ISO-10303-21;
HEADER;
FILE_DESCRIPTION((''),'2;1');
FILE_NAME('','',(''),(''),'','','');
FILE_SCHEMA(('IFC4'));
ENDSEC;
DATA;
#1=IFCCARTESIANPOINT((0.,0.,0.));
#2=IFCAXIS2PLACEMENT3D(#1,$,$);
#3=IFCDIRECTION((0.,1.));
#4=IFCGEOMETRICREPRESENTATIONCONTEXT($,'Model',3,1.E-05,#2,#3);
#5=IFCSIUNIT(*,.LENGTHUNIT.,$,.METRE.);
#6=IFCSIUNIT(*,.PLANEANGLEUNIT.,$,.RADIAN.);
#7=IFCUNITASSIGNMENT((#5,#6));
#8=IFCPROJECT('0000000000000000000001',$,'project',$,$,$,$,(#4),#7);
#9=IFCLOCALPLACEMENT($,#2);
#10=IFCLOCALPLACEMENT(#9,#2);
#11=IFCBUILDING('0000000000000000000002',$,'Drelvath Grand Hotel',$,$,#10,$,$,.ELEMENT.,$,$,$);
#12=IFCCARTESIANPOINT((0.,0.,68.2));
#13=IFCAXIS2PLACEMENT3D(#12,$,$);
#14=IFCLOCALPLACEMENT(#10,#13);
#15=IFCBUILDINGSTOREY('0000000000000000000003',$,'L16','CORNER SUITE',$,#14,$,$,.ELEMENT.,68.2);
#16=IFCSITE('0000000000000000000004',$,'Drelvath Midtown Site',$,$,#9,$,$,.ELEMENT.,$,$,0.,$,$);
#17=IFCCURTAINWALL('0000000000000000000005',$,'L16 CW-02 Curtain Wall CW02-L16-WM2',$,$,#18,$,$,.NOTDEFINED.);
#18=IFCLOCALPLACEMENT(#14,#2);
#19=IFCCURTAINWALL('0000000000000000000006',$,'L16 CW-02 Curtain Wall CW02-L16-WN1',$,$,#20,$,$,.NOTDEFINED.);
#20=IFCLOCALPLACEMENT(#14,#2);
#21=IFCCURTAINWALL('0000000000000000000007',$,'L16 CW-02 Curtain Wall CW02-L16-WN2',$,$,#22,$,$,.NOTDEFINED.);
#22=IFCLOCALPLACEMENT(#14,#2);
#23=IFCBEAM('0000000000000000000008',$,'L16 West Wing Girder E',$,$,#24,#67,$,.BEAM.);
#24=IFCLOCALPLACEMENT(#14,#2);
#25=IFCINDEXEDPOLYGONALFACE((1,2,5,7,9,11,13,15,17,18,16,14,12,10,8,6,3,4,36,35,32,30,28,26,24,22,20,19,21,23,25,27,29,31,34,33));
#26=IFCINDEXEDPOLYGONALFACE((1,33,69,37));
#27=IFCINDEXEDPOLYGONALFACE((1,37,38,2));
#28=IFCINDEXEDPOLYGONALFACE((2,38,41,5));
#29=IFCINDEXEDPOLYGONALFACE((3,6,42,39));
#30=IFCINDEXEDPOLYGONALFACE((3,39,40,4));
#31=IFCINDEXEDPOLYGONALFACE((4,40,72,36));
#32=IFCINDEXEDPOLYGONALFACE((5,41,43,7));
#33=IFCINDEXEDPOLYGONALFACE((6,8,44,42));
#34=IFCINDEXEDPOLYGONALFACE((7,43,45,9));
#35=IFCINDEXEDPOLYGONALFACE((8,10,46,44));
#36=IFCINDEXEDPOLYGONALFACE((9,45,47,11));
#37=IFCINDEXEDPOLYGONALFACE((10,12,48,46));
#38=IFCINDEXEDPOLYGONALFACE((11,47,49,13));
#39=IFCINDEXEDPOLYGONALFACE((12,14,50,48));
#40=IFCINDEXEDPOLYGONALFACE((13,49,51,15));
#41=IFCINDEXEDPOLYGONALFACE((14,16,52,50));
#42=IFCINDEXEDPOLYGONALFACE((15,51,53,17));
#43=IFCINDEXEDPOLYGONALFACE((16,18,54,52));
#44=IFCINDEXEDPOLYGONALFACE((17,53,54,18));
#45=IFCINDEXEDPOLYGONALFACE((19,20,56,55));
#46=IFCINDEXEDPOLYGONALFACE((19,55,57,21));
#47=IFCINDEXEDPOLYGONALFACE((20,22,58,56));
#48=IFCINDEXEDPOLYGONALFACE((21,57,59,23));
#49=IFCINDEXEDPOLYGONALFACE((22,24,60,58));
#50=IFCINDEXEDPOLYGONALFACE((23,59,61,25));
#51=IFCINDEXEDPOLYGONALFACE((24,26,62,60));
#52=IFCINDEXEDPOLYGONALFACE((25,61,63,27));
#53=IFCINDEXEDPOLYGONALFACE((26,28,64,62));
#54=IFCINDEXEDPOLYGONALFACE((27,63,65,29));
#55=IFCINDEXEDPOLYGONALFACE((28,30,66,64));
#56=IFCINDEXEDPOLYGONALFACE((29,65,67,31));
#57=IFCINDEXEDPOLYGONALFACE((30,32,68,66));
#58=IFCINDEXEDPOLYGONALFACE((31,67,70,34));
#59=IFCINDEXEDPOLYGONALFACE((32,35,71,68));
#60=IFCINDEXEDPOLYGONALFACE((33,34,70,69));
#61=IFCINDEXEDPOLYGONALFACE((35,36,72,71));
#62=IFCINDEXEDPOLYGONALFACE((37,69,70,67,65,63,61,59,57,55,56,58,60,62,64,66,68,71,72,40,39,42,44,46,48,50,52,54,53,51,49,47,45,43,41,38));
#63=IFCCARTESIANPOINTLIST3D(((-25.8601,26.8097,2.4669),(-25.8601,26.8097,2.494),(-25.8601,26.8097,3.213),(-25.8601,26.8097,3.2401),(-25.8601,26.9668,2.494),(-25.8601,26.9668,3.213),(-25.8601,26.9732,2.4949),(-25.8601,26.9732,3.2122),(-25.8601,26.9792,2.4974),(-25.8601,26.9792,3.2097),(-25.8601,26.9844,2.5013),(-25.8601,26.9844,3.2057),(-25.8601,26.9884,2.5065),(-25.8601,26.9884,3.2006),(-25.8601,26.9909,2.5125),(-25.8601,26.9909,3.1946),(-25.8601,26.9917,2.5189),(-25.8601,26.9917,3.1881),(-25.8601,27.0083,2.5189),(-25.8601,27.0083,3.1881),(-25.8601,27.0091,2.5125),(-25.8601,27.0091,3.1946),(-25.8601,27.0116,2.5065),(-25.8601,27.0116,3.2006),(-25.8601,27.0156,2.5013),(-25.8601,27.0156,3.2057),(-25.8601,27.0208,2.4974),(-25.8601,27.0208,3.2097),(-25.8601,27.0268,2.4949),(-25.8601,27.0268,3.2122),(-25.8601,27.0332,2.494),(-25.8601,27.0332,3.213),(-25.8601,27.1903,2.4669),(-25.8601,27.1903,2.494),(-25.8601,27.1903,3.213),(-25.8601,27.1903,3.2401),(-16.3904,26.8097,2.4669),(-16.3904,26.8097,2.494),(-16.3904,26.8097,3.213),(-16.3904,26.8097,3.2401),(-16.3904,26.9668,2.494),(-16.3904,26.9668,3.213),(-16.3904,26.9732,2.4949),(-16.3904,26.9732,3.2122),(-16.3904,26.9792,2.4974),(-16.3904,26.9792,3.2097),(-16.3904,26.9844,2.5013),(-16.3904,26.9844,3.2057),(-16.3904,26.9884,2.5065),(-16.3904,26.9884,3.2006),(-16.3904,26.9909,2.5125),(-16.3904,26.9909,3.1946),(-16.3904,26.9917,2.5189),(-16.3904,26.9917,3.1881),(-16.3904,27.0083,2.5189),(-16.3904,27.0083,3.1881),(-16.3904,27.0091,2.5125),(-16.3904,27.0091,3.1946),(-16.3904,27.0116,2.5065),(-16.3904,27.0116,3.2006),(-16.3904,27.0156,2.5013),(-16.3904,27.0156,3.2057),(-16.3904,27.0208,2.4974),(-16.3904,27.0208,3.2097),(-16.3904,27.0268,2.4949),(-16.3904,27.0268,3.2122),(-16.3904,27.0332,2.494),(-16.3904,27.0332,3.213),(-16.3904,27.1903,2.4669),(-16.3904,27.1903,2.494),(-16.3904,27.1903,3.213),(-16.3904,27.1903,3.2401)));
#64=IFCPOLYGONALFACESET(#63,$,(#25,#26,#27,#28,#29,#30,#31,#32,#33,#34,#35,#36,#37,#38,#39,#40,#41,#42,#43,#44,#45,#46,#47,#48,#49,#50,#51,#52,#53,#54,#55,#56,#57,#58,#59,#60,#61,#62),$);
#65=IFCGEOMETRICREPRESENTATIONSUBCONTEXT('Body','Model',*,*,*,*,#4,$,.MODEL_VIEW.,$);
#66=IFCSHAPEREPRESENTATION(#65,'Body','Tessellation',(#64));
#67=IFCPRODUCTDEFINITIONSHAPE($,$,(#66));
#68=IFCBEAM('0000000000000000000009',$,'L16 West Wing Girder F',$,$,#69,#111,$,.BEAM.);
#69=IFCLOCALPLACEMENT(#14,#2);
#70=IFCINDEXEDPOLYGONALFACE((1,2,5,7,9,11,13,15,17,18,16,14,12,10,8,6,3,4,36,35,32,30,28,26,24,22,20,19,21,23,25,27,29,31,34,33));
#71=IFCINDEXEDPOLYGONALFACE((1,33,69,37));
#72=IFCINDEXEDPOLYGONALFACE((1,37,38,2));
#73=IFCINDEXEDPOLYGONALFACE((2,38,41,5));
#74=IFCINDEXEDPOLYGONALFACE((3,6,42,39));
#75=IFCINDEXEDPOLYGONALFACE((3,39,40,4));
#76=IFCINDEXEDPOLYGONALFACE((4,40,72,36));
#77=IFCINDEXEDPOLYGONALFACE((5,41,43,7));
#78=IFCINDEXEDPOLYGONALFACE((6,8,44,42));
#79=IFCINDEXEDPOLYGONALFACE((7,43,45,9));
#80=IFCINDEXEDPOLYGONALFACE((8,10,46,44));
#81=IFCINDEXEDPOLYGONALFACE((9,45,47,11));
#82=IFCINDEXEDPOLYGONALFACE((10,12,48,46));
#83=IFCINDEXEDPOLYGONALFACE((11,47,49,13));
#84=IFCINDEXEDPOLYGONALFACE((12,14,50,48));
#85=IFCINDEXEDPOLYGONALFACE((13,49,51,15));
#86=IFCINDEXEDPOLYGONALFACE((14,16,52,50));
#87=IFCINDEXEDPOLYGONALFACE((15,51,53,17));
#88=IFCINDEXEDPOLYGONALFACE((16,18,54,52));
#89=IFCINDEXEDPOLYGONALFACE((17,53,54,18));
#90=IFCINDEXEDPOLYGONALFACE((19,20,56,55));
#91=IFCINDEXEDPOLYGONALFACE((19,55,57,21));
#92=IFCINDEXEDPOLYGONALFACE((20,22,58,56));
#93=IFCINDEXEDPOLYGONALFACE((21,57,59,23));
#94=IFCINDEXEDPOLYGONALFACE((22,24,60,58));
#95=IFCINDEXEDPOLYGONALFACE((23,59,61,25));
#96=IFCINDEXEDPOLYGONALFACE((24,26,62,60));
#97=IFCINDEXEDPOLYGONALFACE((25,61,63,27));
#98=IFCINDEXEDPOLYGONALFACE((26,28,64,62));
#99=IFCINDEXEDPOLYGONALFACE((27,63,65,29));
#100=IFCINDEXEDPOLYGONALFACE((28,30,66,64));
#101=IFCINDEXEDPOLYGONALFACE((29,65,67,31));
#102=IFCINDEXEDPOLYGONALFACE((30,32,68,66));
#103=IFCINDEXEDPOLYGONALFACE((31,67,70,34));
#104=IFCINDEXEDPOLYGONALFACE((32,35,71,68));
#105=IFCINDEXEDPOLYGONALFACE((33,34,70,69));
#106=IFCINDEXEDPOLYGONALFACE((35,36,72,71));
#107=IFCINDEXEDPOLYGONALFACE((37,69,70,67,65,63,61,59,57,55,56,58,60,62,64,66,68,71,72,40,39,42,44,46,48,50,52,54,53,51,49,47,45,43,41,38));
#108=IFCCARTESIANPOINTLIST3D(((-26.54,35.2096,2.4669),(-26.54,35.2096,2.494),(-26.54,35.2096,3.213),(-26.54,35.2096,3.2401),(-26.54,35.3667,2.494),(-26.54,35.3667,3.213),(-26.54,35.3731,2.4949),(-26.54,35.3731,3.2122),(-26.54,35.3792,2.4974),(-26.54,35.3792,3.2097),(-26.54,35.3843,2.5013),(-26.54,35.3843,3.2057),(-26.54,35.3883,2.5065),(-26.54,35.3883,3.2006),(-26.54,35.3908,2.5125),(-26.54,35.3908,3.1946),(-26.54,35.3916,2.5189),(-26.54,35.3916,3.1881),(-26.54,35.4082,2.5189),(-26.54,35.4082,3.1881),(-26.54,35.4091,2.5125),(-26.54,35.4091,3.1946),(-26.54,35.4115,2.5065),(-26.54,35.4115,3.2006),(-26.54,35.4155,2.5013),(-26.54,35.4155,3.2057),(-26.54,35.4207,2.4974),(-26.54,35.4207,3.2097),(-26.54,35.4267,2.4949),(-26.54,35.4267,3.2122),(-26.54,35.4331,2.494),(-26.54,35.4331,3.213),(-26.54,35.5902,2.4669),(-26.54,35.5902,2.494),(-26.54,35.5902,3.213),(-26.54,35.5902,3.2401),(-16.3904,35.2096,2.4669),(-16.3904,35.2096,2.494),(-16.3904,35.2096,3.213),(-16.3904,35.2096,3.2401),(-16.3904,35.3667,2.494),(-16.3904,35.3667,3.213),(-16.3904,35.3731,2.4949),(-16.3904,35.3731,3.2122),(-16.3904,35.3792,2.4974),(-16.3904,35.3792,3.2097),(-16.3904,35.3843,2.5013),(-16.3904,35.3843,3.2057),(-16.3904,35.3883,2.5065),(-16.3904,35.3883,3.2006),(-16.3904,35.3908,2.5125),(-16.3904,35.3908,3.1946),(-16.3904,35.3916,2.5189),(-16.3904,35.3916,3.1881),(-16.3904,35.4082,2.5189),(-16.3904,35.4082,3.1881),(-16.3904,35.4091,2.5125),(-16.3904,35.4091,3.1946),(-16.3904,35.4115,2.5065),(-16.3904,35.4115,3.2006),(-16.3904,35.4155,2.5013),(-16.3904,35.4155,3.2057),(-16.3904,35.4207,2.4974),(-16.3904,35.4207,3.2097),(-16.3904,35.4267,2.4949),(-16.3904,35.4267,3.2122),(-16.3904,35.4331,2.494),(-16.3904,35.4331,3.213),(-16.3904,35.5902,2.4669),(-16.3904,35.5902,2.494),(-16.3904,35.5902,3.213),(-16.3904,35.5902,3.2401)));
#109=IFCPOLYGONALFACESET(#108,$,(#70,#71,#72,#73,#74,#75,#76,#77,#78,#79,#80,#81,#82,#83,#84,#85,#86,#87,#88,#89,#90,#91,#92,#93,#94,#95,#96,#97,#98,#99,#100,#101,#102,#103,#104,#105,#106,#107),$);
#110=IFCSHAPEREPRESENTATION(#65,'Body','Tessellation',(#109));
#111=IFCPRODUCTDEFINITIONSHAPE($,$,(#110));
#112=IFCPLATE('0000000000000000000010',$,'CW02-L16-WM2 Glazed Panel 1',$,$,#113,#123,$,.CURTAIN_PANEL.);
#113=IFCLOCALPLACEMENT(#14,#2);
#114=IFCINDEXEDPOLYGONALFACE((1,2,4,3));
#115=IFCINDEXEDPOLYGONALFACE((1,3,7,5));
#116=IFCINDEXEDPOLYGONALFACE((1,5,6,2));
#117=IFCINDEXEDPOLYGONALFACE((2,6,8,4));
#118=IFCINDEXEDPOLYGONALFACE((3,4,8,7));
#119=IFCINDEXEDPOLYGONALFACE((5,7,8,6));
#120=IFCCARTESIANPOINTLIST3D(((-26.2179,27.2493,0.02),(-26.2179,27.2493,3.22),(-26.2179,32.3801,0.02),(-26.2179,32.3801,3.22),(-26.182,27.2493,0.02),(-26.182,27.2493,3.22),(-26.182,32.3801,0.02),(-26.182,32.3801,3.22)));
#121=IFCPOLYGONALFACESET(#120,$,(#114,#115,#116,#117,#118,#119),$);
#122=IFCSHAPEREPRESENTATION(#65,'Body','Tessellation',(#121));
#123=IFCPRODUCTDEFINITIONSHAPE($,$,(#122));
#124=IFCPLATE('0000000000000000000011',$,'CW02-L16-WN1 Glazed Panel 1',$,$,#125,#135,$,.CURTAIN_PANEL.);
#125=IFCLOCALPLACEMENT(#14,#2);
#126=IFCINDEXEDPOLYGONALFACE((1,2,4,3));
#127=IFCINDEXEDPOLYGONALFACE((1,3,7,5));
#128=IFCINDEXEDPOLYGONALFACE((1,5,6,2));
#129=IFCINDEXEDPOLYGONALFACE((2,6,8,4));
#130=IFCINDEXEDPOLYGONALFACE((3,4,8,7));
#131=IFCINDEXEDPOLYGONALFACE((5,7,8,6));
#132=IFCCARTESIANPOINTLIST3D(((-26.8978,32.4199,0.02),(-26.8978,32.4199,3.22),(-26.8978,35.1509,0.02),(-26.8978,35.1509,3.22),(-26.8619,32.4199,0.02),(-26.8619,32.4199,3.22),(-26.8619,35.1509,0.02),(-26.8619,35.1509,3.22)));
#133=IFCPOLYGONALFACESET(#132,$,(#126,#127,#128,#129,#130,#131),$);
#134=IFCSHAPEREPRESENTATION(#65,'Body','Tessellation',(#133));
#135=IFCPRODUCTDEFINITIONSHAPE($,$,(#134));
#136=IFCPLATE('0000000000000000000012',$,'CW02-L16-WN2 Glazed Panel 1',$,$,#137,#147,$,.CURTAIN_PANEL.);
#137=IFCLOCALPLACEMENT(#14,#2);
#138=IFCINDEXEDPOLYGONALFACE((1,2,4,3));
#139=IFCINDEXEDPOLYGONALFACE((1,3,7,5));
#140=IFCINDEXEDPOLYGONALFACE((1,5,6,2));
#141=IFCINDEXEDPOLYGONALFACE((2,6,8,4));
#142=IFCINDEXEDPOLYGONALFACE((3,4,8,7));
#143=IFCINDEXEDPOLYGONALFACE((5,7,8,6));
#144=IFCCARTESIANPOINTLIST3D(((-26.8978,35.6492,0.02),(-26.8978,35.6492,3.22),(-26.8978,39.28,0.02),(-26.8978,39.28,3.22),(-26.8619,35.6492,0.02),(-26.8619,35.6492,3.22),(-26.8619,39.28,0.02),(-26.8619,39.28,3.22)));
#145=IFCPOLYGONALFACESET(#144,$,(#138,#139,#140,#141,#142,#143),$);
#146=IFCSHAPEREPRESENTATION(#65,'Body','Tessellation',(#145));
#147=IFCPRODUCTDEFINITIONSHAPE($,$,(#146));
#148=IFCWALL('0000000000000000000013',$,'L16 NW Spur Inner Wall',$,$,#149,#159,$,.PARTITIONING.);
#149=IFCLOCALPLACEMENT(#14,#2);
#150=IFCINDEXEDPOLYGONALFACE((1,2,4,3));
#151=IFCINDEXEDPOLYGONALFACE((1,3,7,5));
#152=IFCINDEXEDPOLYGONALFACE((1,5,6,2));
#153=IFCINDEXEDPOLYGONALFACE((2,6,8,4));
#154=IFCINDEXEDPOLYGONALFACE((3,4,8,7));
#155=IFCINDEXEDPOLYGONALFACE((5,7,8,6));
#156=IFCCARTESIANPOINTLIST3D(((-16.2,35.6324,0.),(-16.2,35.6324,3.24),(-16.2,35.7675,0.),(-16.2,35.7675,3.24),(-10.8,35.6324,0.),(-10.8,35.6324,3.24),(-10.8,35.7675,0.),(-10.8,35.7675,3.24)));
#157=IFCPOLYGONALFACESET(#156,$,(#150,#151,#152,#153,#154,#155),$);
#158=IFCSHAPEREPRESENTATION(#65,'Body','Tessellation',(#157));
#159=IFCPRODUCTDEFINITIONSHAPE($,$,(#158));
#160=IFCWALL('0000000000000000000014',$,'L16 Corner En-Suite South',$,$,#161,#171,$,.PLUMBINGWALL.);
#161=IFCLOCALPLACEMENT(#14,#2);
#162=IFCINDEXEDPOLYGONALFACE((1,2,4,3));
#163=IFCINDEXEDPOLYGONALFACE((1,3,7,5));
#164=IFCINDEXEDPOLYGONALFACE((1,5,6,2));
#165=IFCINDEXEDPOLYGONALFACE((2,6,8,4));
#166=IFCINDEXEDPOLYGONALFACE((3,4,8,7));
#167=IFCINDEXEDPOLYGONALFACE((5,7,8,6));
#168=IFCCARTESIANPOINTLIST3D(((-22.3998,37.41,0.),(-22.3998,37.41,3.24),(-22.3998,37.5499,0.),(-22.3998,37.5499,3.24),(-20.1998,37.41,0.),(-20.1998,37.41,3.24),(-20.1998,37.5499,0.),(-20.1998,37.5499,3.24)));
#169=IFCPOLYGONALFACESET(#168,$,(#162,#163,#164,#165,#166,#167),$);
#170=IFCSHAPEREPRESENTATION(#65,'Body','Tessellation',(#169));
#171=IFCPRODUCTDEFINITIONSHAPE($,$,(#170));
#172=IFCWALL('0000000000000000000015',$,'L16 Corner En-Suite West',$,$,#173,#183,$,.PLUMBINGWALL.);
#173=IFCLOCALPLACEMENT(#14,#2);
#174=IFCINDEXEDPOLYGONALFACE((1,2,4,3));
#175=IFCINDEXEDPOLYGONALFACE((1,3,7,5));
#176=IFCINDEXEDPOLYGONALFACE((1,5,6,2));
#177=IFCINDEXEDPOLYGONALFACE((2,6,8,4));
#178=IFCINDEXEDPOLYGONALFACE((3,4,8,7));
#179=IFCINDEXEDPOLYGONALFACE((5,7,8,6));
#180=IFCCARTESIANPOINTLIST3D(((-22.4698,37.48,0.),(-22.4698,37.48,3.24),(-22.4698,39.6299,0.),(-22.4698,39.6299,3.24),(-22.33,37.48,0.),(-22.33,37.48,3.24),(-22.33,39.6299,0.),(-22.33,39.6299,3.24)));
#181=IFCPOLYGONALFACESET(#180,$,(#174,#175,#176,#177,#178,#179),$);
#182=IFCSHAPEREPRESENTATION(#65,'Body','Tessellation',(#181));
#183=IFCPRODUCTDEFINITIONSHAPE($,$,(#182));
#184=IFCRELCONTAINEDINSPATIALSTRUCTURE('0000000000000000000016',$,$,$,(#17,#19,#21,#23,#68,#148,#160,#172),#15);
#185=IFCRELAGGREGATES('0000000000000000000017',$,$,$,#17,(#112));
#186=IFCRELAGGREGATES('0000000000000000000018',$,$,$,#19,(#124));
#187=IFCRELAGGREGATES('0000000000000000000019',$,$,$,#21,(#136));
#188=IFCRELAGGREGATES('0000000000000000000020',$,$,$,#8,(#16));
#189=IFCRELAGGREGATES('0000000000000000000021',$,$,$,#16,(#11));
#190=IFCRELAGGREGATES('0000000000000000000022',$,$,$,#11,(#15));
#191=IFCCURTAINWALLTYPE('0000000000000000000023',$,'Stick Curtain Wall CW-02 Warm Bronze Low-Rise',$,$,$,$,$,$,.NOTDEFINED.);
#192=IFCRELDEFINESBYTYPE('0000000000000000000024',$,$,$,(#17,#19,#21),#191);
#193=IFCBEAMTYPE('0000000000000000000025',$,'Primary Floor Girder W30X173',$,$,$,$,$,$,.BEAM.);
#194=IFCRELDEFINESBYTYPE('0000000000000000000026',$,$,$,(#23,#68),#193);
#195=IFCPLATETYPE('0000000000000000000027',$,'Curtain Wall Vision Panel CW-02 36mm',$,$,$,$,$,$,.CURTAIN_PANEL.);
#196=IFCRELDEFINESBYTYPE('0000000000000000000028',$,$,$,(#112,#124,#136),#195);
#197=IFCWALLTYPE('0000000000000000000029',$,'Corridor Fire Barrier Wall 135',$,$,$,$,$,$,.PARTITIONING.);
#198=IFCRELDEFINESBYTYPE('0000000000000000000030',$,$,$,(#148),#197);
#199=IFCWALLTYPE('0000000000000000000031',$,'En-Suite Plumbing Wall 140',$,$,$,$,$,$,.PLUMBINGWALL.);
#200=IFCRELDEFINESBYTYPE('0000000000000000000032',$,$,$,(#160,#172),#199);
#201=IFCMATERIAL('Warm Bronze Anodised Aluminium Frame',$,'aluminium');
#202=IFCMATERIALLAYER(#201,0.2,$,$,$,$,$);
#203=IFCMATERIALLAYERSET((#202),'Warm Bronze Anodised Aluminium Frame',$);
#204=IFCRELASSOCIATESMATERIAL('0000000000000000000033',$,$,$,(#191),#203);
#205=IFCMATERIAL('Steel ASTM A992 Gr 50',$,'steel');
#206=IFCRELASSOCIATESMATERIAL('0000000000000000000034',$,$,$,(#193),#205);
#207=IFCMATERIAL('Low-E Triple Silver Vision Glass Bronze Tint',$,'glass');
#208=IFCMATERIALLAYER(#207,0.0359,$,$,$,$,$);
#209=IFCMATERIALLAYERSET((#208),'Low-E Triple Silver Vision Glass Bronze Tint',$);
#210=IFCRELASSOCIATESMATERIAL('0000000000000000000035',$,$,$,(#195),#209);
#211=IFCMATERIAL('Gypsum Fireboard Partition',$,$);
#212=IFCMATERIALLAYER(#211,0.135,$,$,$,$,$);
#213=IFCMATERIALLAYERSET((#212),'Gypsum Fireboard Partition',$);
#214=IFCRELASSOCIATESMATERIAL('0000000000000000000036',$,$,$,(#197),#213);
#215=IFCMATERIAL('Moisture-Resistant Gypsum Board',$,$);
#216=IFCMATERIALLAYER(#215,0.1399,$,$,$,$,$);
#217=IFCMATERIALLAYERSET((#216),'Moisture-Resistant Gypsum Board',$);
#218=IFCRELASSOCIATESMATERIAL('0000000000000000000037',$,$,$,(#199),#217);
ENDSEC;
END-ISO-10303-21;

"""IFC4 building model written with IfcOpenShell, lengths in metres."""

from ifc_helpers import new_model, si_unit, direction, frame, frame_2d, origin, origin_2d, place, context, subcontext, project, spatial, rectangle, i_section, extrude, material, layer, layer_set, material_profile, profile_set, type_object, element, aggregate, save


model = new_model("IFC4")

# Units and contexts
model_context = context("Model", 3, precision=1e-05, world=origin(), true_north=direction((0.0, 1.0)))
body_context = subcontext(model_context, "Body", "Model", "MODEL_VIEW")
ifc_project = project(units=[si_unit("LENGTHUNIT", "METRE"), si_unit("PLANEANGLEUNIT", "RADIAN")], contexts=[model_context])

# Site, building, storey
site_placement = place(None, origin())
site = spatial("IfcSite", under=ifc_project, at=site_placement, Name="Drelvath Midtown Site", CompositionType="ELEMENT", RefElevation=0.0)
building_placement = place(site_placement, origin())
building = spatial("IfcBuilding", under=site, at=building_placement, Name="Drelvath Grand Hotel", CompositionType="ELEMENT")
storey_placement = place(building_placement, frame((0.0, 0.0, 68.2)))
storey = spatial("IfcBuildingStorey", under=building, at=storey_placement, Name="L16", Description="CORNER SUITE", CompositionType="ELEMENT", Elevation=68.2)

# Curtain walls
ifc_material_1 = material(Name="Warm Bronze Anodised Aluminium Frame", Category="aluminium")
ifc_layer_1 = layer(ifc_material_1, 0.2)
ifc_layer_set_1 = layer_set([ifc_layer_1], Name="Warm Bronze Anodised Aluminium Frame")
curtain_wall_type = type_object("IfcCurtainWallType", Name="Stick Curtain Wall CW-02 Warm Bronze Low-Rise", PredefinedType="NOTDEFINED", material=ifc_layer_set_1)
curtain_wall_1_placement = place(storey_placement, origin())
curtain_wall_1 = element("IfcCurtainWall", 1, at=curtain_wall_1_placement, inside=storey, type_object=curtain_wall_type, Name="L16 CW-02 Curtain Wall CW02-L16-WM2", PredefinedType="NOTDEFINED")
curtain_wall_2_placement = place(storey_placement, origin())
curtain_wall_2 = element("IfcCurtainWall", 2, at=curtain_wall_2_placement, inside=storey, type_object=curtain_wall_type, Name="L16 CW-02 Curtain Wall CW02-L16-WN1", PredefinedType="NOTDEFINED")
curtain_wall_3_placement = place(storey_placement, origin())
curtain_wall_3 = element("IfcCurtainWall", 3, at=curtain_wall_3_placement, inside=storey, type_object=curtain_wall_type, Name="L16 CW-02 Curtain Wall CW02-L16-WN2", PredefinedType="NOTDEFINED")

# Beams
ifc_material_2 = material(Name="Steel ASTM A992 Gr 50", Category="steel")
ifc_material_profile_1 = material_profile(ifc_material_2, i_section(OverallWidth=0.3806, OverallDepth=0.7732, WebThickness=0.0166, FlangeThickness=0.0271, FilletRadius=0.0249, at=origin_2d()), Name="W30X173")
ifc_profile_set_1 = profile_set([ifc_material_profile_1], Name="Steel ASTM A992 Gr 50")
beam_type_1 = type_object("IfcBeamType", Name="Primary Floor Girder W30X173", PredefinedType="BEAM", material=ifc_profile_set_1)
beam_1_placement = place(storey_placement, frame((-25.8601, 27.0, 2.8535), z_axis=(1.0, 0.0, 0.0), x_axis=(0.0, 1.0, 0.0)))
element("IfcBeam", 4, at=beam_1_placement, inside=storey, type_object=beam_type_1, Name="L16 West Wing Girder E", PredefinedType="BEAM", context=body_context, shape_type="SweptSolid", body=[
    extrude(i_section(OverallWidth=0.3806, OverallDepth=0.7732, WebThickness=0.0166, FlangeThickness=0.0271, FilletRadius=0.0249, at=origin_2d()), origin(), (0.0, 0.0, 1.0), 9.4697),
])
beam_2_placement = place(storey_placement, frame((-26.54, 35.3999, 2.8535), z_axis=(1.0, 0.0, 0.0), x_axis=(0.0, 1.0, 0.0)))
element("IfcBeam", 5, at=beam_2_placement, inside=storey, type_object=beam_type_1, Name="L16 West Wing Girder F", PredefinedType="BEAM", context=body_context, shape_type="SweptSolid", body=[
    extrude(i_section(OverallWidth=0.3806, OverallDepth=0.7732, WebThickness=0.0166, FlangeThickness=0.0271, FilletRadius=0.0249, at=origin_2d()), origin(), (0.0, 0.0, 1.0), 10.1497),
])

# Plates
ifc_material_3 = material(Name="Low-E Triple Silver Vision Glass Bronze Tint", Category="glass")
ifc_layer_2 = layer(ifc_material_3, 0.0359)
ifc_layer_set_2 = layer_set([ifc_layer_2], Name="Low-E Triple Silver Vision Glass Bronze Tint")
plate_type = type_object("IfcPlateType", Name="Curtain Wall Vision Panel CW-02 36mm", PredefinedType="CURTAIN_PANEL", material=ifc_layer_set_2)
plate_1_placement = place(storey_placement, frame((-26.2, 29.8147, 0.02), z_axis=(0.0, 0.0, 1.0), x_axis=(0.0, 1.0, 0.0)))
plate_1 = element("IfcPlate", 6, at=plate_1_placement, type_object=plate_type, Name="CW02-L16-WM2 Glazed Panel 1", PredefinedType="CURTAIN_PANEL", context=body_context, shape_type="SweptSolid", body=[
    extrude(rectangle(XDim=5.1309, YDim=0.0359, at=origin_2d()), origin(), (0.0, 0.0, 1.0), 3.2),
])
aggregate(curtain_wall_1, [plate_1])
plate_2_placement = place(storey_placement, frame((-26.8799, 33.7854, 0.02), z_axis=(0.0, 0.0, 1.0), x_axis=(0.0, 1.0, 0.0)))
plate_2 = element("IfcPlate", 7, at=plate_2_placement, type_object=plate_type, Name="CW02-L16-WN1 Glazed Panel 1", PredefinedType="CURTAIN_PANEL", context=body_context, shape_type="SweptSolid", body=[
    extrude(rectangle(XDim=2.731, YDim=0.0359, at=origin_2d()), origin(), (0.0, 0.0, 1.0), 3.2),
])
aggregate(curtain_wall_2, [plate_2])
plate_3_placement = place(storey_placement, frame((-26.8799, 37.4646, 0.02), z_axis=(0.0, 0.0, 1.0), x_axis=(0.0, 1.0, 0.0)))
plate_3 = element("IfcPlate", 8, at=plate_3_placement, type_object=plate_type, Name="CW02-L16-WN2 Glazed Panel 1", PredefinedType="CURTAIN_PANEL", context=body_context, shape_type="SweptSolid", body=[
    extrude(rectangle(XDim=3.6309, YDim=0.0359, at=origin_2d()), origin(), (0.0, 0.0, 1.0), 3.2),
])
aggregate(curtain_wall_3, [plate_3])

# Walls
ifc_material_4 = material(Name="Gypsum Fireboard Partition")
ifc_layer_3 = layer(ifc_material_4, 0.135)
ifc_layer_set_3 = layer_set([ifc_layer_3], Name="Gypsum Fireboard Partition")
wall_type_1 = type_object("IfcWallType", Name="Corridor Fire Barrier Wall 135", PredefinedType="PARTITIONING", material=ifc_layer_set_3)
wall_1_placement = place(storey_placement, frame((-16.2, 35.7, 0.0), z_axis=(0.0, 0.0, 1.0), x_axis=(1.0, 0.0, 0.0)))
element("IfcWall", 9, at=wall_1_placement, inside=storey, type_object=wall_type_1, Name="L16 NW Spur Inner Wall", PredefinedType="PARTITIONING", context=body_context, shape_type="SweptSolid", body=[
    extrude(rectangle(XDim=5.3999, YDim=0.135, at=frame_2d((2.7, 0.0))), origin(), (0.0, 0.0, 1.0), 3.24),
])
ifc_material_5 = material(Name="Moisture-Resistant Gypsum Board")
ifc_layer_4 = layer(ifc_material_5, 0.1399)
ifc_layer_set_4 = layer_set([ifc_layer_4], Name="Moisture-Resistant Gypsum Board")
wall_type_2 = type_object("IfcWallType", Name="En-Suite Plumbing Wall 140", PredefinedType="PLUMBINGWALL", material=ifc_layer_set_4)
wall_2_placement = place(storey_placement, frame((-22.3999, 37.48, 0.0), z_axis=(0.0, 0.0, 1.0), x_axis=(1.0, 0.0, 0.0)))
element("IfcWall", 10, at=wall_2_placement, inside=storey, type_object=wall_type_2, Name="L16 Corner En-Suite South", PredefinedType="PLUMBINGWALL", context=body_context, shape_type="SweptSolid", body=[
    extrude(rectangle(XDim=2.2, YDim=0.1399, at=frame_2d((1.1001, 0.0))), origin(), (0.0, 0.0, 1.0), 3.24),
])
wall_3_placement = place(storey_placement, frame((-22.3999, 37.48, 0.0), z_axis=(0.0, 0.0, 1.0), x_axis=(0.0, 1.0, 0.0)))
element("IfcWall", 11, at=wall_3_placement, inside=storey, type_object=wall_type_2, Name="L16 Corner En-Suite West", PredefinedType="PLUMBINGWALL", context=body_context, shape_type="SweptSolid", body=[
    extrude(rectangle(XDim=2.1499, YDim=0.1399, at=frame_2d((1.075, 0.0))), origin(), (0.0, 0.0, 1.0), 3.24),
])

save(model, "model.ifc")
